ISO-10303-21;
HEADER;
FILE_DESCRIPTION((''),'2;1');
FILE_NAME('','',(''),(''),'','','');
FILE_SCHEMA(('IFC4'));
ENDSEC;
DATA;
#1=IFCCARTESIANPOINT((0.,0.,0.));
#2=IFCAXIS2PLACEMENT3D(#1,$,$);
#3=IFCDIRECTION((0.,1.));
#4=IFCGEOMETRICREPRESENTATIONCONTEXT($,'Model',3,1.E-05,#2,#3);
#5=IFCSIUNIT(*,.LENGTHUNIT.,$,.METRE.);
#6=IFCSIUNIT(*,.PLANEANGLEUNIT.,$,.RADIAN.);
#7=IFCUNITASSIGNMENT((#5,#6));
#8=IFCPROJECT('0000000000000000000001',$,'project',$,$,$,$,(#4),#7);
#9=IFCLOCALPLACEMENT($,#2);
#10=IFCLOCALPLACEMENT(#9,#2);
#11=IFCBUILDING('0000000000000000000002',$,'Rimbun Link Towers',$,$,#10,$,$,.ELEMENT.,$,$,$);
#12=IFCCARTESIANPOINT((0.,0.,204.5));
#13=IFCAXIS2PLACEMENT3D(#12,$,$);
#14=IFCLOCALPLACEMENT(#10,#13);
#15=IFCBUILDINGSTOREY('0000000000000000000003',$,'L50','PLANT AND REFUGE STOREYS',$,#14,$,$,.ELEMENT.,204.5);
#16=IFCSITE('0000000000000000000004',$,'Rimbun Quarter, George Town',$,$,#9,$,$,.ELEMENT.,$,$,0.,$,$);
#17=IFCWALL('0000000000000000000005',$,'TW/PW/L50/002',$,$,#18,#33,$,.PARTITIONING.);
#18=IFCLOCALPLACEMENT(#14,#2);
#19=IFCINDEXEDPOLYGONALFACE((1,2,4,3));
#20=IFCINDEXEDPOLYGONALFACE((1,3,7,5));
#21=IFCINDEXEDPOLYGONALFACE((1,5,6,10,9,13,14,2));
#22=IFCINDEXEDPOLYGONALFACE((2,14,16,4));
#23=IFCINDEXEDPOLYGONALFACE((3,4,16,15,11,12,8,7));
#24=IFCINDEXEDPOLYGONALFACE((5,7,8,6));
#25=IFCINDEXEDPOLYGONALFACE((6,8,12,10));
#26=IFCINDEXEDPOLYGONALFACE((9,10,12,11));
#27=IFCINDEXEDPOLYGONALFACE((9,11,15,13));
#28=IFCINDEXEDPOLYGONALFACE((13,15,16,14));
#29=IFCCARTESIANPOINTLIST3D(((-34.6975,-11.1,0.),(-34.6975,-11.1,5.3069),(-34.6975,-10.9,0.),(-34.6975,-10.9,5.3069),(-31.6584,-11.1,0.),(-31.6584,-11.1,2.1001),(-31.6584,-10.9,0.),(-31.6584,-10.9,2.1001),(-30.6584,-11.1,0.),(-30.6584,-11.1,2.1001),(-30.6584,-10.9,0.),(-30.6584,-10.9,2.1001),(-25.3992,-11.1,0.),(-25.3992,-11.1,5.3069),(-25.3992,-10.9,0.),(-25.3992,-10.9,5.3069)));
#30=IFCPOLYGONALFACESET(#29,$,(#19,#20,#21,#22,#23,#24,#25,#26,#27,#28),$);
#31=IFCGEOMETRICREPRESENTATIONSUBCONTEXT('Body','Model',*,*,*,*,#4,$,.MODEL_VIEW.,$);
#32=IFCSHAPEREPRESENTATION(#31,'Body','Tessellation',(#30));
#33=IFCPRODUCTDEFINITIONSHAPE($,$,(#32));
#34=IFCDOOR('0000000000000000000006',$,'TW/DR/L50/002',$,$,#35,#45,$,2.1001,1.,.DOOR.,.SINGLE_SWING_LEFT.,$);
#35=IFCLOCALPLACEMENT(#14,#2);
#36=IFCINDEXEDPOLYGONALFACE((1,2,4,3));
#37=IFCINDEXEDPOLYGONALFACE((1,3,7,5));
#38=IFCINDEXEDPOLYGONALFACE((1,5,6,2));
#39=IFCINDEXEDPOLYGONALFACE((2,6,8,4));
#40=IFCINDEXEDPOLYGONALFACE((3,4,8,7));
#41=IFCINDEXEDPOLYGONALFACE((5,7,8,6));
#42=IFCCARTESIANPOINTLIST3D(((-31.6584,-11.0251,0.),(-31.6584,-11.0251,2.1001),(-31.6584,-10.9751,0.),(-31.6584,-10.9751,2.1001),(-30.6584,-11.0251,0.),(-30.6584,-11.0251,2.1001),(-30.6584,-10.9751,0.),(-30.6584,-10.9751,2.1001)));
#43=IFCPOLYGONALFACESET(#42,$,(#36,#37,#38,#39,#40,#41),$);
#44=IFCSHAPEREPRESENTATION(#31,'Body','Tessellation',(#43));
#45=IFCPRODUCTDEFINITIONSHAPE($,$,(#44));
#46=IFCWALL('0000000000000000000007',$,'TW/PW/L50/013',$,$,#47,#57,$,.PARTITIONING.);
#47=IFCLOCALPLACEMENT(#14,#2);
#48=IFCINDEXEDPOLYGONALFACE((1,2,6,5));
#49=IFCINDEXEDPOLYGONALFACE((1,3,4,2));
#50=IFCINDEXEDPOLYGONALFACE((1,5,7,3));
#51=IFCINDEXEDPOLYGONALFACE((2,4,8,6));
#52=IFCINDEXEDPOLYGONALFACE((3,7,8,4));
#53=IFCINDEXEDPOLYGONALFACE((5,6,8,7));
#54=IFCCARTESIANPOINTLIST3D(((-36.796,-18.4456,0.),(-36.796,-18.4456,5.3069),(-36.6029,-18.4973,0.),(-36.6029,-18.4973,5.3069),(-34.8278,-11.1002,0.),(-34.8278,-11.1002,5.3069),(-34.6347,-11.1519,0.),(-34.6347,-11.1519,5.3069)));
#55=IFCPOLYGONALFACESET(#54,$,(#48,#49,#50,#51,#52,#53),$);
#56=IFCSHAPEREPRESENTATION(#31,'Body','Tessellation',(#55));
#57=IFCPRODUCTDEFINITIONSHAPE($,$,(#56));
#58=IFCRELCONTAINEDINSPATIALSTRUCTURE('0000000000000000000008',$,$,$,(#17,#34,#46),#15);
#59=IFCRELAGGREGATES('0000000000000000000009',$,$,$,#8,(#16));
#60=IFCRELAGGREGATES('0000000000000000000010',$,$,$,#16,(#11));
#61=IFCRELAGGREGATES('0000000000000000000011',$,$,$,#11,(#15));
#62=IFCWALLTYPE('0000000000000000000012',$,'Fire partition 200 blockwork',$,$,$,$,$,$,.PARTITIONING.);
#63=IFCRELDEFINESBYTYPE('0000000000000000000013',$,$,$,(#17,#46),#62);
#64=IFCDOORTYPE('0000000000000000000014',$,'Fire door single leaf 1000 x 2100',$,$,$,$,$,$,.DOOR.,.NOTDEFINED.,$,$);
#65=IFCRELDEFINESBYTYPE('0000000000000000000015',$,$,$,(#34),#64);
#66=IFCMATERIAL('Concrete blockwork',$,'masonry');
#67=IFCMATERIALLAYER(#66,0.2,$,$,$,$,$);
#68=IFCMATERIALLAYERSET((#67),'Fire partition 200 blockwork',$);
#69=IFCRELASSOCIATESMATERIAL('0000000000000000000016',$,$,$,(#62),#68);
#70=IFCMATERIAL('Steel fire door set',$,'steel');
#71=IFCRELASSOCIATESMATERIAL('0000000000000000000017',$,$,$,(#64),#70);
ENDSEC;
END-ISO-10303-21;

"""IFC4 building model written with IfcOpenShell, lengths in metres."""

from ifc_helpers import new_model, si_unit, direction, frame, frame_2d, origin, place, context, subcontext, project, spatial, rectangle, extrude, material, layer, layer_set, type_object, element, fill, save


model = new_model("IFC4")

# Units and contexts
model_context = context("Model", 3, precision=1e-05, world=origin(), true_north=direction((0.0, 1.0)))
body_context = subcontext(model_context, "Body", "Model", "MODEL_VIEW")
ifc_project = project(units=[si_unit("LENGTHUNIT", "METRE"), si_unit("PLANEANGLEUNIT", "RADIAN")], contexts=[model_context])

# Site, building, storey
site_placement = place(None, origin())
site = spatial("IfcSite", under=ifc_project, at=site_placement, Name="Rimbun Quarter, George Town", CompositionType="ELEMENT", RefElevation=0.0)
building_placement = place(site_placement, origin())
building = spatial("IfcBuilding", under=site, at=building_placement, Name="Rimbun Link Towers", CompositionType="ELEMENT")
storey_placement = place(building_placement, frame((0.0, 0.0, 204.5)))
storey = spatial("IfcBuildingStorey", under=building, at=storey_placement, Name="L50", Description="PLANT AND REFUGE STOREYS", CompositionType="ELEMENT", Elevation=204.5)

# Wall, opening, door
ifc_material_1 = material(Name="Concrete blockwork", Category="masonry")
ifc_layer_1 = layer(ifc_material_1, 0.2)
ifc_layer_set_1 = layer_set([ifc_layer_1], Name="Fire partition 200 blockwork")
wall_type_1 = type_object("IfcWallType", Name="Fire partition 200 blockwork", PredefinedType="PARTITIONING", material=ifc_layer_set_1)
wall_1_placement = place(storey_placement, frame((-34.6975, -11.0, 0.0), z_axis=(0.0, 0.0, 1.0), x_axis=(1.0, 0.0, 0.0)))
wall_1 = element("IfcWall", 1, at=wall_1_placement, inside=storey, type_object=wall_type_1, Name="TW/PW/L50/002", PredefinedType="PARTITIONING", context=body_context, shape_type="SweptSolid", body=[
    extrude(rectangle(XDim=9.2983, YDim=0.2, at=frame_2d((4.6492, 0.0))), origin(), (0.0, 0.0, 1.0), 5.3069),
])
opening_1_placement = place(wall_1_placement, frame((3.0391, 0.0, 0.0)))
opening_1 = element("IfcOpeningElement", 2, at=opening_1_placement, cuts=wall_1, PredefinedType="OPENING", context=body_context, shape_type="SweptSolid", body=[
    extrude(rectangle(XDim=1.0, YDim=2.1001, at=frame_2d((0.5, 1.05))), frame((0.0, 0.1099, 0.0), z_axis=(0.0, -1.0, 0.0), x_axis=(1.0, 0.0, 0.0)), (0.0, 0.0, 1.0), 0.22),
])
ifc_material_2 = material(Name="Steel fire door set", Category="steel")
door_type_1 = type_object("IfcDoorType", Name="Fire door single leaf 1000 x 2100", OperationType="NOTDEFINED", PredefinedType="DOOR", material=ifc_material_2)
door_1_placement = place(opening_1_placement, origin())
door_1 = element("IfcDoor", 3, at=door_1_placement, inside=storey, type_object=door_type_1, Name="TW/DR/L50/002", OperationType="SINGLE_SWING_LEFT", OverallHeight=2.1001, OverallWidth=1.0, PredefinedType="DOOR", context=body_context, shape_type="SweptSolid", body=[
    extrude(rectangle(XDim=1.0, YDim=2.1001, at=frame_2d((0.5, 1.05))), frame((0.0, 0.0249, 0.0), z_axis=(0.0, -1.0, 0.0), x_axis=(1.0, 0.0, 0.0)), (0.0, 0.0, 1.0), 0.05),
])
fill(opening_1, door_1)

# Wall
wall_2_placement = place(storey_placement, frame((-36.6995, -18.4714, 0.0), z_axis=(0.0, 0.0, 1.0), x_axis=(0.258825, 0.965924, 0.0)))
element("IfcWall", 4, at=wall_2_placement, inside=storey, type_object=wall_type_1, Name="TW/PW/L50/013", PredefinedType="PARTITIONING", context=body_context, shape_type="SweptSolid", body=[
    extrude(rectangle(XDim=7.6045, YDim=0.2, at=frame_2d((3.8022, 0.0))), origin(), (0.0, 0.0, 1.0), 5.3069),
])

save(model, "model.ifc")
